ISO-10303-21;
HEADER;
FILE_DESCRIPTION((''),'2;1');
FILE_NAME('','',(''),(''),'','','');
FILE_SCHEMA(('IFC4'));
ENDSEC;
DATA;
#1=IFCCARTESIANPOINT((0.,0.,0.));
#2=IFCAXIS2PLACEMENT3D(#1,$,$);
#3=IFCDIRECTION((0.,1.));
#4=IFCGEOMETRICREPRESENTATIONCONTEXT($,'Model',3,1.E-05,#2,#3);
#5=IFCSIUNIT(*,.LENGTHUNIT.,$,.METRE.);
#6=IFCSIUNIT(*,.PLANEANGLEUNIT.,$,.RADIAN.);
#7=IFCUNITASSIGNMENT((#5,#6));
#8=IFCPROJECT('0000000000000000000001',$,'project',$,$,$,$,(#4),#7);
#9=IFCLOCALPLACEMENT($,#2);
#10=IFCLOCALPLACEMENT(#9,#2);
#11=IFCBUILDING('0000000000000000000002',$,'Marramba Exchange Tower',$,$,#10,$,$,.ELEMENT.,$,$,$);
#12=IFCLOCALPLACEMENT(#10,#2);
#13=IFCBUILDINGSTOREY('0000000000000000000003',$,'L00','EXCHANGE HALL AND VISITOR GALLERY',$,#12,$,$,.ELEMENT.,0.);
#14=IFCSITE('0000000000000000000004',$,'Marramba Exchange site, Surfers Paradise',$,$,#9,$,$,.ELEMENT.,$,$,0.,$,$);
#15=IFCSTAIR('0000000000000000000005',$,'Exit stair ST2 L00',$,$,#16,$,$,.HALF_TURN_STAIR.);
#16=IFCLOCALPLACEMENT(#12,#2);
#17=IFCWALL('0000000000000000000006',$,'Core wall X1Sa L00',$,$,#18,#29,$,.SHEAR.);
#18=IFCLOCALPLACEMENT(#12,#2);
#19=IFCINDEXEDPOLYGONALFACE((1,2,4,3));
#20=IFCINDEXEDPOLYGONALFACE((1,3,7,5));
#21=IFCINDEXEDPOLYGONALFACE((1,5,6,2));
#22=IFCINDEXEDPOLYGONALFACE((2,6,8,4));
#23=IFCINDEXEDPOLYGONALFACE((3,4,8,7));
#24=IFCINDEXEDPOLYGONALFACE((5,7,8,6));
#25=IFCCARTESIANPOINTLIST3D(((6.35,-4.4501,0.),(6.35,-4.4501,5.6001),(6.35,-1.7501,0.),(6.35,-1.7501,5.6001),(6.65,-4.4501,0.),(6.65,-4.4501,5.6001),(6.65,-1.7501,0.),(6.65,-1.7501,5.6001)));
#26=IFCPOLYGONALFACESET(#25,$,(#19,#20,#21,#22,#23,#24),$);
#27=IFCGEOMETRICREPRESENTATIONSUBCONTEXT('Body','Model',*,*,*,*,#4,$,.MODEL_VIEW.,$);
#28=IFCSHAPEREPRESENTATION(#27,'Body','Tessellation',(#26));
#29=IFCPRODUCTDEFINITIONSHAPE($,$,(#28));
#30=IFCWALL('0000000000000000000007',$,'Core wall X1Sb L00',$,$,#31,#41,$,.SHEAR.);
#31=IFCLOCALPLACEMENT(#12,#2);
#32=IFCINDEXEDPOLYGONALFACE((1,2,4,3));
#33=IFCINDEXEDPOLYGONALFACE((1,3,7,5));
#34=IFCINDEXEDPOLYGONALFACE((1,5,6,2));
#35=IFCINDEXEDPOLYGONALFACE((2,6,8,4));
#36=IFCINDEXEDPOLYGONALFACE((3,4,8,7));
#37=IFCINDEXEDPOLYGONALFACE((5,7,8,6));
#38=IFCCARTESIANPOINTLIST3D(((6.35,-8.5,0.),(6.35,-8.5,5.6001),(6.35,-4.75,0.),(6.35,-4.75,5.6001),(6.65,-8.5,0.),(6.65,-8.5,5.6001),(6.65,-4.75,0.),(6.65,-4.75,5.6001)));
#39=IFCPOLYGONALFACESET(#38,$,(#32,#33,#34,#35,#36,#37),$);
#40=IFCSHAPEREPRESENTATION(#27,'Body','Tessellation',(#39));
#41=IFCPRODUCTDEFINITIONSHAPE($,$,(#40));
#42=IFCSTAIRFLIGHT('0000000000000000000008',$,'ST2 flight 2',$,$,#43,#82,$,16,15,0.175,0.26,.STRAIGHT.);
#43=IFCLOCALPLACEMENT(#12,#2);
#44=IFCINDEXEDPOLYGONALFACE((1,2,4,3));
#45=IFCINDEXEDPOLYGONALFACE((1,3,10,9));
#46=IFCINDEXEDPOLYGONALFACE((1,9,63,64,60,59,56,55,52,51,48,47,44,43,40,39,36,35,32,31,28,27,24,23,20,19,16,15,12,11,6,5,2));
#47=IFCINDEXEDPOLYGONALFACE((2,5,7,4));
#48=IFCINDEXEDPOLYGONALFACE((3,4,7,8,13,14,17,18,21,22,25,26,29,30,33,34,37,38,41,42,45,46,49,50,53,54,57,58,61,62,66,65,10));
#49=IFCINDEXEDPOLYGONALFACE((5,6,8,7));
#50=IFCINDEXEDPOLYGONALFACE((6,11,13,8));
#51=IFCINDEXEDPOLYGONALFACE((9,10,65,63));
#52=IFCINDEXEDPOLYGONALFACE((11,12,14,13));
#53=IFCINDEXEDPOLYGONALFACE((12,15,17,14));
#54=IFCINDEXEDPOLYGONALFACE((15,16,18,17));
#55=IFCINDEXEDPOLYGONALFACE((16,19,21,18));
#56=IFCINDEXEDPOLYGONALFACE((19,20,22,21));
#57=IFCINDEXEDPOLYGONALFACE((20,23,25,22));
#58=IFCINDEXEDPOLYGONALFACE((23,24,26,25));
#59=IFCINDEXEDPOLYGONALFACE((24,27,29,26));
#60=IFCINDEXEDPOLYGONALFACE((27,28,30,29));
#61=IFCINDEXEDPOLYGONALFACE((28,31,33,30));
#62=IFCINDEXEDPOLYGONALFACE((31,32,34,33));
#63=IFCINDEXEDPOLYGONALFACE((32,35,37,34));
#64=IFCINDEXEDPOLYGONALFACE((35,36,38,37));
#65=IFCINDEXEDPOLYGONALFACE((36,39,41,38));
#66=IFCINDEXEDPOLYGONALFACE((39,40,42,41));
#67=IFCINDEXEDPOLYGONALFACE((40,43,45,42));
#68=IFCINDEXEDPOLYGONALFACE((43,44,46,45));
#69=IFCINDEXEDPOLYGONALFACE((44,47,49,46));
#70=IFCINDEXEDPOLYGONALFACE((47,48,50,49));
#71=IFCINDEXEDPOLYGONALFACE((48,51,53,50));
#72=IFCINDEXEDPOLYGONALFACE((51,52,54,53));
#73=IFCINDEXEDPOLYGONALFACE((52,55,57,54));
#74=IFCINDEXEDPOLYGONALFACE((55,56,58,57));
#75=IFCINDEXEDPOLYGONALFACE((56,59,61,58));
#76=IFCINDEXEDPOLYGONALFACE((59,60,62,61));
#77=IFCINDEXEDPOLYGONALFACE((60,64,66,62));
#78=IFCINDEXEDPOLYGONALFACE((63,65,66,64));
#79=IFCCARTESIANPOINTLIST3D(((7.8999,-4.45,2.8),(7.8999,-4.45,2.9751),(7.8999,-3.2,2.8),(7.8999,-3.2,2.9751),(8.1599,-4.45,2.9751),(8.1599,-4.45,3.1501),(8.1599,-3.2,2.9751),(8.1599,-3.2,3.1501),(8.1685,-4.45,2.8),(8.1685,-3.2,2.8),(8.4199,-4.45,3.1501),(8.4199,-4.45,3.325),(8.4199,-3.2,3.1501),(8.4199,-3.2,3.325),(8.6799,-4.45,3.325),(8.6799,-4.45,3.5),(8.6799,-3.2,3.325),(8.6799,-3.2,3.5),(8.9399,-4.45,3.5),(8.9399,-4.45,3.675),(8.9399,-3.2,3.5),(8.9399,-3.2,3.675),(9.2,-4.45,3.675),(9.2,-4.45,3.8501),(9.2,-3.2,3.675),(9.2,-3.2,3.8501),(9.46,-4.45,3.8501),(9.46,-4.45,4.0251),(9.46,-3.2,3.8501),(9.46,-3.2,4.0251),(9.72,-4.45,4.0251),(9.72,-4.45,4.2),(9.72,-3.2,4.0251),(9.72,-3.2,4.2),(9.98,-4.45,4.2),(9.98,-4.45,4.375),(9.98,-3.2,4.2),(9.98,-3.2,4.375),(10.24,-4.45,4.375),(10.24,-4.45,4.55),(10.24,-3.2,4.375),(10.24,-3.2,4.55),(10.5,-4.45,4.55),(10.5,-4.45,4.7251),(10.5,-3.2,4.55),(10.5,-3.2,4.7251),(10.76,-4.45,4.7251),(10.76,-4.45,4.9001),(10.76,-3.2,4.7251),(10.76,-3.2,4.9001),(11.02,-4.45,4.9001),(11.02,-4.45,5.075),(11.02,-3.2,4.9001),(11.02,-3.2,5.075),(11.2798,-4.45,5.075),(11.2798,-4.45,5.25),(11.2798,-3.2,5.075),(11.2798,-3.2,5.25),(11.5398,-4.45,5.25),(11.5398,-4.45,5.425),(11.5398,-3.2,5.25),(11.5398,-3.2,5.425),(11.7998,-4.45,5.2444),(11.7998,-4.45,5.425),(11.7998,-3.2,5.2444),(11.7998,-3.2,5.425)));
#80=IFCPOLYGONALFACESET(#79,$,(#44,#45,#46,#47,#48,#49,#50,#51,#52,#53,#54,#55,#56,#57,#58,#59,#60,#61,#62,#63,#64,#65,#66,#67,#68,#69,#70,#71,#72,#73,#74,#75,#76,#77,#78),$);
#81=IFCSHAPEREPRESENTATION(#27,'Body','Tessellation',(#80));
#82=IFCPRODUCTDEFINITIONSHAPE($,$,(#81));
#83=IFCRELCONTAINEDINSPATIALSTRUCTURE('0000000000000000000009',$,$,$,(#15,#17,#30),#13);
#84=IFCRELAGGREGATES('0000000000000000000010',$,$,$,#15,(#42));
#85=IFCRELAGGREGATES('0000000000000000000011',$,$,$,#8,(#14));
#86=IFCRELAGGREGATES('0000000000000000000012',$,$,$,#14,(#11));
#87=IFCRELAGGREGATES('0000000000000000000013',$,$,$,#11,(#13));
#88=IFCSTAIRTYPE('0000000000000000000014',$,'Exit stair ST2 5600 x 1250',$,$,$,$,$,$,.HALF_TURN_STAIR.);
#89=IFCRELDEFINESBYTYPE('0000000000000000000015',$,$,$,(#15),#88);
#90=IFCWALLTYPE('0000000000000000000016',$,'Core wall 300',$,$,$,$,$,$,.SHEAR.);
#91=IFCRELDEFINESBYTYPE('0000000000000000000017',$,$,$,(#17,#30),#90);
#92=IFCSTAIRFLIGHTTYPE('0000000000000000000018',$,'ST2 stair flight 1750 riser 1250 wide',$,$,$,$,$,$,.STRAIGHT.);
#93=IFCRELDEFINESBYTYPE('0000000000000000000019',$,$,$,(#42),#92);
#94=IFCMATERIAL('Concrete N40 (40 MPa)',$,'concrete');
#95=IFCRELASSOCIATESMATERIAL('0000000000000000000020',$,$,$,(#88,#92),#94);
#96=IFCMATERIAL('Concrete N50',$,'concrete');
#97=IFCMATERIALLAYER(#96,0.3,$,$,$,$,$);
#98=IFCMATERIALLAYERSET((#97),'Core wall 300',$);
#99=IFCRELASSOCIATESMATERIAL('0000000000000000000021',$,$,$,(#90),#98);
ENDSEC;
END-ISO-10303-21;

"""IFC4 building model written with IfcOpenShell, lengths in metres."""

from ifc_helpers import new_model, si_unit, direction, frame, frame_2d, origin, place, context, subcontext, project, spatial, polyline, rectangle, outline, extrude, material, layer, layer_set, type_object, element, aggregate, save


model = new_model("IFC4")

# Units and contexts
model_context = context("Model", 3, precision=1e-05, world=origin(), true_north=direction((0.0, 1.0)))
body_context = subcontext(model_context, "Body", "Model", "MODEL_VIEW")
ifc_project = project(units=[si_unit("LENGTHUNIT", "METRE"), si_unit("PLANEANGLEUNIT", "RADIAN")], contexts=[model_context])

# Site, building, storey
site_placement = place(None, origin())
site = spatial("IfcSite", under=ifc_project, at=site_placement, Name="Marramba Exchange site, Surfers Paradise", CompositionType="ELEMENT", RefElevation=0.0)
building_placement = place(site_placement, origin())
building = spatial("IfcBuilding", under=site, at=building_placement, Name="Marramba Exchange Tower", CompositionType="ELEMENT")
storey_placement = place(building_placement, origin())
storey = spatial("IfcBuildingStorey", under=building, at=storey_placement, Name="L00", Description="EXCHANGE HALL AND VISITOR GALLERY", CompositionType="ELEMENT", Elevation=0.0)

# Stair
ifc_material_1 = material(Name="Concrete N40 (40 MPa)", Category="concrete")
stair_type_1 = type_object("IfcStairType", Name="Exit stair ST2 5600 x 1250", PredefinedType="HALF_TURN_STAIR", material=ifc_material_1)
stair_1_placement = place(storey_placement, origin())
stair_1 = element("IfcStair", 1, at=stair_1_placement, inside=storey, type_object=stair_type_1, Name="Exit stair ST2 L00", PredefinedType="HALF_TURN_STAIR")

# Walls
ifc_material_2 = material(Name="Concrete N50", Category="concrete")
ifc_layer_1 = layer(ifc_material_2, 0.3)
ifc_layer_set_1 = layer_set([ifc_layer_1], Name="Core wall 300")
wall_type_1 = type_object("IfcWallType", Name="Core wall 300", PredefinedType="SHEAR", material=ifc_layer_set_1)
wall_1_placement = place(storey_placement, frame((6.5, -1.75, 0.0), z_axis=(0.0, 0.0, 1.0), x_axis=(0.0, -1.0, 0.0)))
element("IfcWall", 2, at=wall_1_placement, inside=storey, type_object=wall_type_1, Name="Core wall X1Sa L00", PredefinedType="SHEAR", context=body_context, shape_type="SweptSolid", body=[
    extrude(rectangle(XDim=2.7, YDim=0.3, at=frame_2d((1.3501, 0.0))), origin(), (0.0, 0.0, 1.0), 5.6001),
])
wall_2_placement = place(storey_placement, frame((6.5, -4.75, 0.0), z_axis=(0.0, 0.0, 1.0), x_axis=(0.0, -1.0, 0.0)))
element("IfcWall", 3, at=wall_2_placement, inside=storey, type_object=wall_type_1, Name="Core wall X1Sb L00", PredefinedType="SHEAR", context=body_context, shape_type="SweptSolid", body=[
    extrude(rectangle(XDim=3.75, YDim=0.3, at=frame_2d((1.875, 0.0))), origin(), (0.0, 0.0, 1.0), 5.6001),
])

# Stair flight
stair_flight_type = type_object("IfcStairFlightType", Name="ST2 stair flight 1750 riser 1250 wide", PredefinedType="STRAIGHT", material=ifc_material_1)
stair_flight_placement = place(storey_placement, frame((7.8999, -3.825, 2.8), z_axis=(0.0, 0.0, 1.0), x_axis=(1.0, 0.0, 0.0)))
stair_flight = element("IfcStairFlight", 4, at=stair_flight_placement, type_object=stair_flight_type, Name="ST2 flight 2", NumberOfRisers=16, NumberOfTreads=15, PredefinedType="STRAIGHT", RiserHeight=0.175, TreadLength=0.26, context=body_context, shape_type="SweptSolid", body=[
    extrude(outline(polyline([(0.0, 0.0), (0.0, 0.175), (0.26, 0.175), (0.26, 0.3501), (0.52, 0.3501), (0.52, 0.5249), (0.78, 0.5249), (0.78, 0.7), (1.04, 0.7), (1.04, 0.875), (1.3, 0.875), (1.3, 1.05), (1.5601, 1.05), (1.5601, 1.2251), (1.8201, 1.2251), (1.8201, 1.3999), (2.0801, 1.3999), (2.0801, 1.575), (2.3401, 1.575), (2.3401, 1.75), (2.6001, 1.75), (2.6001, 1.925), (2.8601, 1.925), (2.8601, 2.1001), (3.1201, 2.1001), (3.1201, 2.2749), (3.3799, 2.2749), (3.3799, 2.45), (3.6399, 2.45), (3.6399, 2.625), (3.8999, 2.625), (3.8999, 2.8), (3.8999, 2.4443), (0.2686, 0.0), (0.0, 0.0)])), frame((0.0, 0.625, 0.0), z_axis=(0.0, -1.0, 0.0), x_axis=(1.0, 0.0, 0.0)), (0.0, 0.0, 1.0), 1.25),
])
aggregate(stair_1, [stair_flight])

save(model, "model.ifc")
